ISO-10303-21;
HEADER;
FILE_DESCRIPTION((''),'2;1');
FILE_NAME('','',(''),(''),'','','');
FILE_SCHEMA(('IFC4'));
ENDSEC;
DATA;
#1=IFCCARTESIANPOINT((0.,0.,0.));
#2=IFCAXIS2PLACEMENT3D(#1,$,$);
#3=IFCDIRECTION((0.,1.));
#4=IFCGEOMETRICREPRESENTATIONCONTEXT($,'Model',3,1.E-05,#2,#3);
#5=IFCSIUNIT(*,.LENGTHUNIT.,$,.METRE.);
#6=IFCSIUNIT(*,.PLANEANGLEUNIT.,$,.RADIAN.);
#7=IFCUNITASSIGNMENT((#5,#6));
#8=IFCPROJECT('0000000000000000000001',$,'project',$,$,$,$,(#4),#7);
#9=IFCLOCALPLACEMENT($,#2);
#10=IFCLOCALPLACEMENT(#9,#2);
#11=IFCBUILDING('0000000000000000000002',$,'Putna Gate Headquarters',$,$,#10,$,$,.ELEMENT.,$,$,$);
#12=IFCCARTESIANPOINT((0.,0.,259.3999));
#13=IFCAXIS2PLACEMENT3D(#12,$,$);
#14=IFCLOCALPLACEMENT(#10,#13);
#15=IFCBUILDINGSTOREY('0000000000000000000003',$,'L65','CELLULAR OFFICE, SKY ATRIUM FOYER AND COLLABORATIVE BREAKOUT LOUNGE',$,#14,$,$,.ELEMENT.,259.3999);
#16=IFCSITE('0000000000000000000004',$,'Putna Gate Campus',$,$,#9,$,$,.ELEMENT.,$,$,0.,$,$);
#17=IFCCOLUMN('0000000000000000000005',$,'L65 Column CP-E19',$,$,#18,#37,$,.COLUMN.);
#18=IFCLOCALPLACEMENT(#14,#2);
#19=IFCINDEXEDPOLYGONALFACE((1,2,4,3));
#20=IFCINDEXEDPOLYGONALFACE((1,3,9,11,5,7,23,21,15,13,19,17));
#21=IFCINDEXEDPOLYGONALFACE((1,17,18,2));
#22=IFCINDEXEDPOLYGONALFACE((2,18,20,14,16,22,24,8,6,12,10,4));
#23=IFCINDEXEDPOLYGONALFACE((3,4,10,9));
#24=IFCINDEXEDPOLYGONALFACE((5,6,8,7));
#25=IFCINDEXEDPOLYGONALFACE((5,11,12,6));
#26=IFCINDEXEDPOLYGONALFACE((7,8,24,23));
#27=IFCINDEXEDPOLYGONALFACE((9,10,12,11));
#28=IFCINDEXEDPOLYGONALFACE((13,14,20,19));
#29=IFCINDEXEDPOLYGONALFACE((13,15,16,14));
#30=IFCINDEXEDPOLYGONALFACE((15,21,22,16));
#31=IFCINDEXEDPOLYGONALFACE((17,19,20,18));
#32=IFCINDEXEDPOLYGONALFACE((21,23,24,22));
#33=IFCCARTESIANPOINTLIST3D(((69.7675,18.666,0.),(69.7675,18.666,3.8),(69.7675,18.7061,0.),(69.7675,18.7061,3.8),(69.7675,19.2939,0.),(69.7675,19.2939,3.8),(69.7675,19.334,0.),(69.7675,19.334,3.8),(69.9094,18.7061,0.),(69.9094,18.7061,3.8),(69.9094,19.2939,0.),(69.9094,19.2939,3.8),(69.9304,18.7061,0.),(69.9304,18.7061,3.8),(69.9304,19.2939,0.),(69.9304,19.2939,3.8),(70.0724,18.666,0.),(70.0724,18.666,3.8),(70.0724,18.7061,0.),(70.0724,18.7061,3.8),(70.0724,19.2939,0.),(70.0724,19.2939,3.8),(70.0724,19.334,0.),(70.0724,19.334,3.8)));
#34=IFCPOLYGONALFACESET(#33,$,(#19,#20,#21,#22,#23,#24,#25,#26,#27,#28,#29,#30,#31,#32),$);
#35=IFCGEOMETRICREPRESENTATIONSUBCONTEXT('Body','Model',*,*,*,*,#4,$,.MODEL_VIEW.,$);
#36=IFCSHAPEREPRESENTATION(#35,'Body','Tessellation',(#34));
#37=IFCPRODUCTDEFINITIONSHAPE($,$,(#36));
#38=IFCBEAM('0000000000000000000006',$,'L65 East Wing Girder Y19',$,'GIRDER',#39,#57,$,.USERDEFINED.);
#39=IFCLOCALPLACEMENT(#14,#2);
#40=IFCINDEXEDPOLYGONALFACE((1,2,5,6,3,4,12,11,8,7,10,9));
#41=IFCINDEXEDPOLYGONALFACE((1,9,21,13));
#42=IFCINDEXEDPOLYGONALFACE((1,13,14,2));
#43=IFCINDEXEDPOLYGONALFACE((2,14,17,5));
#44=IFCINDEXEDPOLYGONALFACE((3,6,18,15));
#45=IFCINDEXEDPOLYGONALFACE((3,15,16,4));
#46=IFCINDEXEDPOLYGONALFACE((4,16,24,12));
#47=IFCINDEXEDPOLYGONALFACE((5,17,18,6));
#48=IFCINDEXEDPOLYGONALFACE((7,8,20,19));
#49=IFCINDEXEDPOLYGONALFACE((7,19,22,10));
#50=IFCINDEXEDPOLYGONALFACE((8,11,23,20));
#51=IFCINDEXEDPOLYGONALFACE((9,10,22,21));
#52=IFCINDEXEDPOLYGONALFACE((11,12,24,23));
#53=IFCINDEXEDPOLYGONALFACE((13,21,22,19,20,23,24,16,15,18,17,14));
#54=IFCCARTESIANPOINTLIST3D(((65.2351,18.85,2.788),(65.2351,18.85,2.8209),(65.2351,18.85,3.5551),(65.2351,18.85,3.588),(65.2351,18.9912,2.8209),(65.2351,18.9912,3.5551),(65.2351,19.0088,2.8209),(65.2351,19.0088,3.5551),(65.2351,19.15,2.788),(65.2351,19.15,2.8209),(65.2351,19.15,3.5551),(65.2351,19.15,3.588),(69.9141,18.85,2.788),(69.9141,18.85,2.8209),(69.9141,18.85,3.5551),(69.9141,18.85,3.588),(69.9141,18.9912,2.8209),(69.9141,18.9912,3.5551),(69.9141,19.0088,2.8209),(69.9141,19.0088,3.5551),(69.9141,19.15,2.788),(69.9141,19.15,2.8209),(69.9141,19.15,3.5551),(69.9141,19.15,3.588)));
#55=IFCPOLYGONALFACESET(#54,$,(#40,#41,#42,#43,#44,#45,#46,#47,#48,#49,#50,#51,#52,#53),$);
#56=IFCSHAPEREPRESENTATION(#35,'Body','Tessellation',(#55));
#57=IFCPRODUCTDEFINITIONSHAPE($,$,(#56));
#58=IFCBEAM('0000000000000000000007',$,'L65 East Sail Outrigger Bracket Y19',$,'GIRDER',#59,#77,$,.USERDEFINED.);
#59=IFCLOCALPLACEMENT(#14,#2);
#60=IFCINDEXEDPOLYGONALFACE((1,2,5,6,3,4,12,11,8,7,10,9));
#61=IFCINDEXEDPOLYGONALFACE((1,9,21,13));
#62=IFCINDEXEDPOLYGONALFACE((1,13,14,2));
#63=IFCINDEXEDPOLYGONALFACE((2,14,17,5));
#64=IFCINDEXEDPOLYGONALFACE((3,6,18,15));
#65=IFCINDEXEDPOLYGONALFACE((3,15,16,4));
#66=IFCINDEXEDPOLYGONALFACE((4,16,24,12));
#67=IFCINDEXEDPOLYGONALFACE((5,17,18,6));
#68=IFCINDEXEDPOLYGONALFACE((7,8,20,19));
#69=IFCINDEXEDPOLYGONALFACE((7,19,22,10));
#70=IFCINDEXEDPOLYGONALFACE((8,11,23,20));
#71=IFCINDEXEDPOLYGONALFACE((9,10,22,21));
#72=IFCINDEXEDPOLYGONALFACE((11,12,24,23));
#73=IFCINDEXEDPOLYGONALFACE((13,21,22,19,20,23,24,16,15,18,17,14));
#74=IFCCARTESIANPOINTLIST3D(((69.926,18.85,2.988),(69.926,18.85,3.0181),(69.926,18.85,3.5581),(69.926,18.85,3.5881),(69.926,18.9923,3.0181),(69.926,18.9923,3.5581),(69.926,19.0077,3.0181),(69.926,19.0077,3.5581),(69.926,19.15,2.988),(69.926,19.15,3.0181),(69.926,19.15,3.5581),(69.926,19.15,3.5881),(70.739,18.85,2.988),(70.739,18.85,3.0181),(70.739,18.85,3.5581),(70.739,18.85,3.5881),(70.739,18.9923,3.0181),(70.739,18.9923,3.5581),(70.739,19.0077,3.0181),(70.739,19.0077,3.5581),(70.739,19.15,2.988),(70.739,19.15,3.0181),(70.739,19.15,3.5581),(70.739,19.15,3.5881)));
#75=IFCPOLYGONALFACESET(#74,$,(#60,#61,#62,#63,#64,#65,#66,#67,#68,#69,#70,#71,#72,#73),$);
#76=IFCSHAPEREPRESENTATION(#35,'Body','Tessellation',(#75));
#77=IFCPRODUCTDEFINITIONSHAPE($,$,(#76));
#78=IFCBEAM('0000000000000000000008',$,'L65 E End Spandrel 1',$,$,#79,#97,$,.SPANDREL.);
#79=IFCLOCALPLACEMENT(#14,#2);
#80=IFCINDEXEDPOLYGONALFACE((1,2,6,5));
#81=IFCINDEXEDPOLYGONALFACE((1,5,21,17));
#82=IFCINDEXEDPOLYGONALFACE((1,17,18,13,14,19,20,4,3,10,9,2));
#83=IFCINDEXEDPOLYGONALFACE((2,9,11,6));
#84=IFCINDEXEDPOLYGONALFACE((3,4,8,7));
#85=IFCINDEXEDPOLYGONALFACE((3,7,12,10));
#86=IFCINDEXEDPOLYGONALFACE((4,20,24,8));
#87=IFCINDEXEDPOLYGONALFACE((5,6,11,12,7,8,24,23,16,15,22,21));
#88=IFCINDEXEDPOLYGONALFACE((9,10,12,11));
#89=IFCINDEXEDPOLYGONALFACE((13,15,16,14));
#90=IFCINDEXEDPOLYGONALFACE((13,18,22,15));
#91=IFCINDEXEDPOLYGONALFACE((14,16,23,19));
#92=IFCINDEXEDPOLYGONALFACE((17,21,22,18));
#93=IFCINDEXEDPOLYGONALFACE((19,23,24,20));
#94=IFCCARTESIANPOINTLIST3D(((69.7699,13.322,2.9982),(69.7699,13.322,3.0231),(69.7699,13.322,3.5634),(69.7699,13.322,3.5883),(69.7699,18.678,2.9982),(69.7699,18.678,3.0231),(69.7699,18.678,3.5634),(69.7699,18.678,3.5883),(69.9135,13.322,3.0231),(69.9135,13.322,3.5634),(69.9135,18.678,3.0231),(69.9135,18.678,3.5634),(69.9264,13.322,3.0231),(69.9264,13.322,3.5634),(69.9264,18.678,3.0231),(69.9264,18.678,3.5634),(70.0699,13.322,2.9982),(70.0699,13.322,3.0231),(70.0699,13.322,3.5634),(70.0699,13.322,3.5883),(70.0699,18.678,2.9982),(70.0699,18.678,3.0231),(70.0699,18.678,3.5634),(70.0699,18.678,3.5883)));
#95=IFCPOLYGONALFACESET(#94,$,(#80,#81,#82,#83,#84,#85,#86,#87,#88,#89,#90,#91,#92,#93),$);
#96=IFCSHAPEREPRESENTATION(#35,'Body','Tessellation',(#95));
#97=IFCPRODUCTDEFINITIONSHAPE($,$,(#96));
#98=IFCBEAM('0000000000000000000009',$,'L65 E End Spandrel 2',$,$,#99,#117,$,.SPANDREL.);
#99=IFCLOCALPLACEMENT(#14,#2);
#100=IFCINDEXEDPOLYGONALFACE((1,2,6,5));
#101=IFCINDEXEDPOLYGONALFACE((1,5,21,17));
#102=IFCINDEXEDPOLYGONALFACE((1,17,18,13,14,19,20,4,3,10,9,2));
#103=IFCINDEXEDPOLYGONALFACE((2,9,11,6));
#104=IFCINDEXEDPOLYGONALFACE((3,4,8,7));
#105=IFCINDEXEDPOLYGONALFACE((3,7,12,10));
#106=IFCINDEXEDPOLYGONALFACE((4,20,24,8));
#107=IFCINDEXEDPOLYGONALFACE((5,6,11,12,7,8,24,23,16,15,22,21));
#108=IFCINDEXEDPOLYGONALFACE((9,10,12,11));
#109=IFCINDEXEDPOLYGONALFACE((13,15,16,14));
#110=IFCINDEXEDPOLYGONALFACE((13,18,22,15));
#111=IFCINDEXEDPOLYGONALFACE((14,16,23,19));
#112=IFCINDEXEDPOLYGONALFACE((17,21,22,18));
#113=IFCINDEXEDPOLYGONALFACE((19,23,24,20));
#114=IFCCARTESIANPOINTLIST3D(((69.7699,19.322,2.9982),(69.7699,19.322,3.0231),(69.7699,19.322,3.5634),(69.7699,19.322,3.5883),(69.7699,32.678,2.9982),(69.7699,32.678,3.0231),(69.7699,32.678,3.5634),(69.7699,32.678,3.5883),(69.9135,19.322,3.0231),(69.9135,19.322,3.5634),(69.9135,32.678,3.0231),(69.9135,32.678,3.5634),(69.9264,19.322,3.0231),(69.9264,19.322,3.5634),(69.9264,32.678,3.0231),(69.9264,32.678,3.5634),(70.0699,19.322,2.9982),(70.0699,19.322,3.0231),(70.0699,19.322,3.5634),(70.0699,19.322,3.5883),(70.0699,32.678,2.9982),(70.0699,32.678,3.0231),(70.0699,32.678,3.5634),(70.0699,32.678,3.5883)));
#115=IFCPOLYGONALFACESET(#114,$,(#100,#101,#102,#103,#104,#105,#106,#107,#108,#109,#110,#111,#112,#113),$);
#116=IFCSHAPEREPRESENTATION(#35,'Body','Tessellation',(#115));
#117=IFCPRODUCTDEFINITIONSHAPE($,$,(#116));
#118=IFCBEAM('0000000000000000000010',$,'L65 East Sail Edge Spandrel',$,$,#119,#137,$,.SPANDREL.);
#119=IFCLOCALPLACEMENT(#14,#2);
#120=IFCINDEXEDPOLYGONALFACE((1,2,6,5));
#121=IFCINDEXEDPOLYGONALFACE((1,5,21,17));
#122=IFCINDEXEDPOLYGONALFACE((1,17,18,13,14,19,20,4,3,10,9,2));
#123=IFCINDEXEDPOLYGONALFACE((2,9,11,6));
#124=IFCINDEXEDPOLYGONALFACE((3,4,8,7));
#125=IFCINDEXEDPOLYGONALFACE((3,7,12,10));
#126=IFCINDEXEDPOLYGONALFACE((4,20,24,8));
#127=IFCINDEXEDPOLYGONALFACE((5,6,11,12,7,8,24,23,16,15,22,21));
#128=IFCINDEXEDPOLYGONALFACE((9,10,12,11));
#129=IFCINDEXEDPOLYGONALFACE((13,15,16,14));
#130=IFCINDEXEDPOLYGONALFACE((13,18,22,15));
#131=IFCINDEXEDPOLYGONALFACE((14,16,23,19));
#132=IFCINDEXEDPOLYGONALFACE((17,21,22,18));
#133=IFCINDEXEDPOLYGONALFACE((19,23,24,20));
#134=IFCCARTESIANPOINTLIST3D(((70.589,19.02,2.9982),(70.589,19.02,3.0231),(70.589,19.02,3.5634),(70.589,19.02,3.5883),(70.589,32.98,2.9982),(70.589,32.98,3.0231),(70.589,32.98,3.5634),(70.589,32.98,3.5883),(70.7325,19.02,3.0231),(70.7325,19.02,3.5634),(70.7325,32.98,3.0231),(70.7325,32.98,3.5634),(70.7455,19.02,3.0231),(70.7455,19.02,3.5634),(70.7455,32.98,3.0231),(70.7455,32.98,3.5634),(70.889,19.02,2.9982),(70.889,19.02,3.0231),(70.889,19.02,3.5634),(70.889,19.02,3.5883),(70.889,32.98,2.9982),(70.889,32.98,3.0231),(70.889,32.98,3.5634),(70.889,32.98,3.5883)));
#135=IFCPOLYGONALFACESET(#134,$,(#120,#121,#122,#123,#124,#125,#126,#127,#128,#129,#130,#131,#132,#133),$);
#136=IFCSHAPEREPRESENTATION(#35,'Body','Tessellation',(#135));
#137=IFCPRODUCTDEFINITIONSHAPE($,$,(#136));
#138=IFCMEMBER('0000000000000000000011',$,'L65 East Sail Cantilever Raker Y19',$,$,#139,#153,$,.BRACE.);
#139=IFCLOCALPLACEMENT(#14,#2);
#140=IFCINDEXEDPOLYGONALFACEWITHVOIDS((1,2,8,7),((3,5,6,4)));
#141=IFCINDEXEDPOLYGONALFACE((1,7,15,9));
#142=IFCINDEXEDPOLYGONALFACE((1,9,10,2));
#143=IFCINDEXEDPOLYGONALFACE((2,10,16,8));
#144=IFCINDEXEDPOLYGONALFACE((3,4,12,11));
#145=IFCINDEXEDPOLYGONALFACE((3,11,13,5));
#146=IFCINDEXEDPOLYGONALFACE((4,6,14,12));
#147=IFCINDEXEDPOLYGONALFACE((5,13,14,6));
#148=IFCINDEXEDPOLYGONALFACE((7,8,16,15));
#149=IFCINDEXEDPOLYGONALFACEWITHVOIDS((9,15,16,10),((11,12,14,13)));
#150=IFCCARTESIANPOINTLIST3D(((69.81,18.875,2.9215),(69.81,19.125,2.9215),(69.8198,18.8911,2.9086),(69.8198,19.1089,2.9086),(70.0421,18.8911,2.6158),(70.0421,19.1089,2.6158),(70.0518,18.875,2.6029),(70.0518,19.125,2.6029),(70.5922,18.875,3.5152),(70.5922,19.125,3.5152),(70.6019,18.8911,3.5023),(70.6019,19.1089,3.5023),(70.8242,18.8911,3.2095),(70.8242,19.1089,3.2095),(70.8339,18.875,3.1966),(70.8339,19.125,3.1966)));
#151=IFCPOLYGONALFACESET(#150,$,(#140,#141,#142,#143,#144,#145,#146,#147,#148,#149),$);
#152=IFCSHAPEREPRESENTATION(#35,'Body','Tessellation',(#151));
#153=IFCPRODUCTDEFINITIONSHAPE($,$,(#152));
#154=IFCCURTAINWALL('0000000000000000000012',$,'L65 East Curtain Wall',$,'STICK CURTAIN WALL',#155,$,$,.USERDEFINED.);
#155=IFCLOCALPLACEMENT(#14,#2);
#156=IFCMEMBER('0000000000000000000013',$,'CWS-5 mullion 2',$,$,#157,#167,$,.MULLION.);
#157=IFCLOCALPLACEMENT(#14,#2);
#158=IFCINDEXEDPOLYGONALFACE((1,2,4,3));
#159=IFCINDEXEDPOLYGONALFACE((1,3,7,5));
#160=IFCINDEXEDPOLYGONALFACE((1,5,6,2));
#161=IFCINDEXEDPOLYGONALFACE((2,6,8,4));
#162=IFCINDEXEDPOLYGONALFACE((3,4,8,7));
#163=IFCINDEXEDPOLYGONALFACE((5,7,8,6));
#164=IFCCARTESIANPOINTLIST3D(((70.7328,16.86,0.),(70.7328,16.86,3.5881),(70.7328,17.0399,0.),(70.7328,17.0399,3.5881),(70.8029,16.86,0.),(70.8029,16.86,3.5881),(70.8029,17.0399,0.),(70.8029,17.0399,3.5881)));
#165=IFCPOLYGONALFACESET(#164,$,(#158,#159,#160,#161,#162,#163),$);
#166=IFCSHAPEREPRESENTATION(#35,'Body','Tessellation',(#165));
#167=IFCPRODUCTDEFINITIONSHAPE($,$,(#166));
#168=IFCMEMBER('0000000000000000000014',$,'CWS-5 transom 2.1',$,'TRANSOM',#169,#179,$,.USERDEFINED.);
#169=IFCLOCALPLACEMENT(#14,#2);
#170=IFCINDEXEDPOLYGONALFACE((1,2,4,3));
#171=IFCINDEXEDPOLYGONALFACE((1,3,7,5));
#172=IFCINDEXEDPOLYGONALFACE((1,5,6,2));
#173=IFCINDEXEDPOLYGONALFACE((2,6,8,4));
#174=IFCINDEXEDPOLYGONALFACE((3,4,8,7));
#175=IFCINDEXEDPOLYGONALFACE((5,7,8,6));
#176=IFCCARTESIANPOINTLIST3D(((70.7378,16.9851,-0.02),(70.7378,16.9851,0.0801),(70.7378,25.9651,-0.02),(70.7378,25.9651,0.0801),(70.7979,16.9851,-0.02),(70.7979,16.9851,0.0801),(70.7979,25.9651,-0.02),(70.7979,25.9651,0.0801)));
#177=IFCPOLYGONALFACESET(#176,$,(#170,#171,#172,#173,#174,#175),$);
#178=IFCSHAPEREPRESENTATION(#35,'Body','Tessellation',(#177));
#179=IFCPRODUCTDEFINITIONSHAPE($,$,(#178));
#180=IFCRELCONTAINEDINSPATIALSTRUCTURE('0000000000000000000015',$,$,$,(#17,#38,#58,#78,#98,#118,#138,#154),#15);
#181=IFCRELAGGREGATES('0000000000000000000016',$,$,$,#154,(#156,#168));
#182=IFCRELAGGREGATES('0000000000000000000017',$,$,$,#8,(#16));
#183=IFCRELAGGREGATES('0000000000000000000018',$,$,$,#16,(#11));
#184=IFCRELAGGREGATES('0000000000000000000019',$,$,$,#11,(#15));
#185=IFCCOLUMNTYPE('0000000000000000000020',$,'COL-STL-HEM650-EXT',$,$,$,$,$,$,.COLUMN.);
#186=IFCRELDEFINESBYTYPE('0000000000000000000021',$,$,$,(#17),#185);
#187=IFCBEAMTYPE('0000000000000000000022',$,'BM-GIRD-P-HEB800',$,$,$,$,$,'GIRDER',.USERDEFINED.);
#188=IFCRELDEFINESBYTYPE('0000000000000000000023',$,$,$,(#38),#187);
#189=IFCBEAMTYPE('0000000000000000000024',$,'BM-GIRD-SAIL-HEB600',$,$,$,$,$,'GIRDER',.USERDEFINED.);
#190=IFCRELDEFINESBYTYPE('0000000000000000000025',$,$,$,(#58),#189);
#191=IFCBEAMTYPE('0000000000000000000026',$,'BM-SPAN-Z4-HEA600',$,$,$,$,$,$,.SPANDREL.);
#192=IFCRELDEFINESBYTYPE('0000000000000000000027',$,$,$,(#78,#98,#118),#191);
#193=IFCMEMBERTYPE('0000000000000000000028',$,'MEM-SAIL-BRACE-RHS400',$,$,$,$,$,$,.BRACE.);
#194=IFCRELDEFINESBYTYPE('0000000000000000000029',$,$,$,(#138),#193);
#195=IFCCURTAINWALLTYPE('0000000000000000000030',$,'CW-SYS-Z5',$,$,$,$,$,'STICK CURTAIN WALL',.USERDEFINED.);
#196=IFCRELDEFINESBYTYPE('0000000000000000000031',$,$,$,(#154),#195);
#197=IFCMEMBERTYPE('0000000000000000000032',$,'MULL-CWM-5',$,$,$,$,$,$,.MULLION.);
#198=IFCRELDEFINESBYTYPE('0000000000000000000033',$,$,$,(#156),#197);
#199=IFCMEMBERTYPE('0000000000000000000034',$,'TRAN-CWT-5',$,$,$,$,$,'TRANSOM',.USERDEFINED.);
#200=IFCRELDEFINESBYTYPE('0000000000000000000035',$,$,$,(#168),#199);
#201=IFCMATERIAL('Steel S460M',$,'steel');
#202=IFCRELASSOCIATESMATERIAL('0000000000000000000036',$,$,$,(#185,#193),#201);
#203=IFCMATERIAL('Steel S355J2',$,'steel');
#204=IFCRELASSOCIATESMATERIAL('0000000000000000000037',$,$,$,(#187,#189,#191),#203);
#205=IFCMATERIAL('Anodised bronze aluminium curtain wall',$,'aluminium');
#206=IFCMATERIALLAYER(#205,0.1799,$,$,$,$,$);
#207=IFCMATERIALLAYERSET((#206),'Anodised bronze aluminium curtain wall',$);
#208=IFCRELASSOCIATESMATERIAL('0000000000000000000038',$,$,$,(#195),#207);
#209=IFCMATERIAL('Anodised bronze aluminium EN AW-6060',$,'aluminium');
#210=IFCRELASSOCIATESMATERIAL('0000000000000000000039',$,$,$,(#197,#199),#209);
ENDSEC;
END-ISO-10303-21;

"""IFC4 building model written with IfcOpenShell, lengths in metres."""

from ifc_helpers import new_model, si_unit, direction, frame, origin, origin_2d, place, context, subcontext, project, spatial, rectangle, hollow_rectangle, i_section, extrude, material, layer, layer_set, material_profile, profile_set, type_object, element, aggregate, save


model = new_model("IFC4")

# Units and contexts
model_context = context("Model", 3, precision=1e-05, world=origin(), true_north=direction((0.0, 1.0)))
body_context = subcontext(model_context, "Body", "Model", "MODEL_VIEW")
ifc_project = project(units=[si_unit("LENGTHUNIT", "METRE"), si_unit("PLANEANGLEUNIT", "RADIAN")], contexts=[model_context])

# Site, building, storey
site_placement = place(None, origin())
site = spatial("IfcSite", under=ifc_project, at=site_placement, Name="Putna Gate Campus", CompositionType="ELEMENT", RefElevation=0.0)
building_placement = place(site_placement, origin())
building = spatial("IfcBuilding", under=site, at=building_placement, Name="Putna Gate Headquarters", CompositionType="ELEMENT")
storey_placement = place(building_placement, frame((0.0, 0.0, 259.3999)))
storey = spatial("IfcBuildingStorey", under=building, at=storey_placement, Name="L65", Description="CELLULAR OFFICE, SKY ATRIUM FOYER AND COLLABORATIVE BREAKOUT LOUNGE", CompositionType="ELEMENT", Elevation=259.3999)

# Column
ifc_material_1 = material(Name="Steel S460M", Category="steel")
ifc_material_profile_1 = material_profile(ifc_material_1, i_section(OverallWidth=0.3049, OverallDepth=0.668, WebThickness=0.021, FlangeThickness=0.04, at=origin_2d()), Name="Steel S460M")
ifc_profile_set_1 = profile_set([ifc_material_profile_1], Name="Steel S460M")
column_type = type_object("IfcColumnType", Name="COL-STL-HEM650-EXT", PredefinedType="COLUMN", material=ifc_profile_set_1)
column_placement = place(storey_placement, frame((69.9199, 19.0, 0.0), z_axis=(0.0, 0.0, 1.0), x_axis=(1.0, 0.0, 0.0)))
element("IfcColumn", 1, at=column_placement, inside=storey, type_object=column_type, Name="L65 Column CP-E19", PredefinedType="COLUMN", context=body_context, shape_type="SweptSolid", body=[
    extrude(i_section(OverallWidth=0.3049, OverallDepth=0.668, WebThickness=0.021, FlangeThickness=0.04, at=origin_2d()), origin(), (0.0, 0.0, 1.0), 3.8),
])

# Beams
ifc_material_2 = material(Name="Steel S355J2", Category="steel")
ifc_material_profile_2 = material_profile(ifc_material_2, i_section(OverallWidth=0.3, OverallDepth=0.8, WebThickness=0.0176, FlangeThickness=0.033, at=origin_2d()), Name="Steel S355J2")
ifc_profile_set_2 = profile_set([ifc_material_profile_2], Name="Steel S355J2")
beam_type_1 = type_object("IfcBeamType", Name="BM-GIRD-P-HEB800", ElementType="GIRDER", PredefinedType="USERDEFINED", material=ifc_profile_set_2)
beam_1_placement = place(storey_placement, frame((65.2351, 19.0, 3.188), z_axis=(1.0, 0.0, 0.0), x_axis=(0.0, 1.0, 0.0)))
element("IfcBeam", 2, at=beam_1_placement, inside=storey, type_object=beam_type_1, Name="L65 East Wing Girder Y19", ObjectType="GIRDER", PredefinedType="USERDEFINED", context=body_context, shape_type="SweptSolid", body=[
    extrude(i_section(OverallWidth=0.3, OverallDepth=0.8, WebThickness=0.0176, FlangeThickness=0.033, at=origin_2d()), origin(), (0.0, 0.0, 1.0), 4.679),
])
ifc_material_profile_3 = material_profile(ifc_material_2, i_section(OverallWidth=0.3, OverallDepth=0.6001, WebThickness=0.0154, FlangeThickness=0.03, at=origin_2d()), Name="Steel S355J2")
ifc_profile_set_3 = profile_set([ifc_material_profile_3], Name="Steel S355J2")
beam_type_2 = type_object("IfcBeamType", Name="BM-GIRD-SAIL-HEB600", ElementType="GIRDER", PredefinedType="USERDEFINED", material=ifc_profile_set_3)
beam_2_placement = place(storey_placement, frame((69.926, 19.0, 3.2881), z_axis=(1.0, 0.0, 0.0), x_axis=(0.0, 1.0, 0.0)))
element("IfcBeam", 3, at=beam_2_placement, inside=storey, type_object=beam_type_2, Name="L65 East Sail Outrigger Bracket Y19", ObjectType="GIRDER", PredefinedType="USERDEFINED", context=body_context, shape_type="SweptSolid", body=[
    extrude(i_section(OverallWidth=0.3, OverallDepth=0.6001, WebThickness=0.0154, FlangeThickness=0.03, at=origin_2d()), origin(), (0.0, 0.0, 1.0), 0.813),
])
ifc_material_profile_4 = material_profile(ifc_material_2, i_section(OverallWidth=0.3, OverallDepth=0.5901, WebThickness=0.0129, FlangeThickness=0.0249, at=origin_2d()), Name="Steel S355J2")
ifc_profile_set_4 = profile_set([ifc_material_profile_4], Name="Steel S355J2")
beam_type_3 = type_object("IfcBeamType", Name="BM-SPAN-Z4-HEA600", PredefinedType="SPANDREL", material=ifc_profile_set_4)
beam_3_placement = place(storey_placement, frame((69.9199, 13.322, 3.2932), z_axis=(0.0, 1.0, 0.0), x_axis=(-1.0, 0.0, 0.0)))
element("IfcBeam", 4, at=beam_3_placement, inside=storey, type_object=beam_type_3, Name="L65 E End Spandrel 1", PredefinedType="SPANDREL", context=body_context, shape_type="SweptSolid", body=[
    extrude(i_section(OverallWidth=0.3, OverallDepth=0.5901, WebThickness=0.0129, FlangeThickness=0.0249, at=origin_2d()), origin(), (0.0, 0.0, 1.0), 5.356),
])
beam_4_placement = place(storey_placement, frame((69.9199, 19.322, 3.2932), z_axis=(0.0, 1.0, 0.0), x_axis=(-1.0, 0.0, 0.0)))
element("IfcBeam", 5, at=beam_4_placement, inside=storey, type_object=beam_type_3, Name="L65 E End Spandrel 2", PredefinedType="SPANDREL", context=body_context, shape_type="SweptSolid", body=[
    extrude(i_section(OverallWidth=0.3, OverallDepth=0.5901, WebThickness=0.0129, FlangeThickness=0.0249, at=origin_2d()), origin(), (0.0, 0.0, 1.0), 13.356),
])
beam_5_placement = place(storey_placement, frame((70.739, 19.02, 3.2932), z_axis=(0.0, 1.0, 0.0), x_axis=(-1.0, 0.0, 0.0)))
element("IfcBeam", 6, at=beam_5_placement, inside=storey, type_object=beam_type_3, Name="L65 East Sail Edge Spandrel", PredefinedType="SPANDREL", context=body_context, shape_type="SweptSolid", body=[
    extrude(i_section(OverallWidth=0.3, OverallDepth=0.5901, WebThickness=0.0129, FlangeThickness=0.0249, at=origin_2d()), origin(), (0.0, 0.0, 1.0), 13.96),
])

# Member
ifc_material_profile_5 = material_profile(ifc_material_1, hollow_rectangle(XDim=0.25, YDim=0.3999, WallThickness=0.0161, at=origin_2d()), Name="Steel S460M")
ifc_profile_set_5 = profile_set([ifc_material_profile_5], Name="Steel S460M")
member_type_1 = type_object("IfcMemberType", Name="MEM-SAIL-BRACE-RHS400", PredefinedType="BRACE", material=ifc_profile_set_5)
member_1_placement = place(storey_placement, frame((69.9309, 19.0, 2.7622), z_axis=(0.796526, 0.0, 0.604604), x_axis=(0.0, 1.0, 0.0)))
element("IfcMember", 7, at=member_1_placement, inside=storey, type_object=member_type_1, Name="L65 East Sail Cantilever Raker Y19", PredefinedType="BRACE", context=body_context, shape_type="SweptSolid", body=[
    extrude(hollow_rectangle(XDim=0.25, YDim=0.3999, WallThickness=0.0161, at=origin_2d()), origin(), (0.0, 0.0, 1.0), 0.9819),
])

# Curtain wall, members
ifc_material_3 = material(Name="Anodised bronze aluminium curtain wall", Category="aluminium")
ifc_layer_1 = layer(ifc_material_3, 0.1799)
ifc_layer_set_1 = layer_set([ifc_layer_1], Name="Anodised bronze aluminium curtain wall")
curtain_wall_type = type_object("IfcCurtainWallType", Name="CW-SYS-Z5", ElementType="STICK CURTAIN WALL", PredefinedType="USERDEFINED", material=ifc_layer_set_1)
curtain_wall_placement = place(storey_placement, origin())
curtain_wall = element("IfcCurtainWall", 8, at=curtain_wall_placement, inside=storey, type_object=curtain_wall_type, Name="L65 East Curtain Wall", ObjectType="STICK CURTAIN WALL", PredefinedType="USERDEFINED")
ifc_material_4 = material(Name="Anodised bronze aluminium EN AW-6060", Category="aluminium")
ifc_material_profile_6 = material_profile(ifc_material_4, rectangle(XDim=0.0701, YDim=0.1799, at=origin_2d()), Name="Anodised bronze aluminium EN AW-6060")
ifc_profile_set_6 = profile_set([ifc_material_profile_6], Name="Anodised bronze aluminium EN AW-6060")
member_type_2 = type_object("IfcMemberType", Name="MULL-CWM-5", PredefinedType="MULLION", material=ifc_profile_set_6)
member_2_placement = place(storey_placement, frame((70.7678, 16.95, 0.0), z_axis=(0.0, 0.0, 1.0), x_axis=(-1.0, 0.0, 0.0)))
member_2 = element("IfcMember", 9, at=member_2_placement, type_object=member_type_2, Name="CWS-5 mullion 2", PredefinedType="MULLION", context=body_context, shape_type="SweptSolid", body=[
    extrude(rectangle(XDim=0.0701, YDim=0.1799, at=origin_2d()), origin(), (0.0, 0.0, 1.0), 3.5881),
])
ifc_material_profile_7 = material_profile(ifc_material_4, rectangle(XDim=0.0601, YDim=0.1001, at=origin_2d()), Name="Anodised bronze aluminium EN AW-6060")
ifc_profile_set_7 = profile_set([ifc_material_profile_7], Name="Anodised bronze aluminium EN AW-6060")
member_type_3 = type_object("IfcMemberType", Name="TRAN-CWT-5", ElementType="TRANSOM", PredefinedType="USERDEFINED", material=ifc_profile_set_7)
member_3_placement = place(storey_placement, frame((70.7678, 16.9851, 0.03), z_axis=(0.0, 1.0, 0.0), x_axis=(-1.0, 0.0, 0.0)))
member_3 = element("IfcMember", 10, at=member_3_placement, type_object=member_type_3, Name="CWS-5 transom 2.1", ObjectType="TRANSOM", PredefinedType="USERDEFINED", context=body_context, shape_type="SweptSolid", body=[
    extrude(rectangle(XDim=0.0601, YDim=0.1001, at=origin_2d()), origin(), (0.0, 0.0, 1.0), 8.98),
])
aggregate(curtain_wall, [member_2, member_3])

save(model, "model.ifc")
